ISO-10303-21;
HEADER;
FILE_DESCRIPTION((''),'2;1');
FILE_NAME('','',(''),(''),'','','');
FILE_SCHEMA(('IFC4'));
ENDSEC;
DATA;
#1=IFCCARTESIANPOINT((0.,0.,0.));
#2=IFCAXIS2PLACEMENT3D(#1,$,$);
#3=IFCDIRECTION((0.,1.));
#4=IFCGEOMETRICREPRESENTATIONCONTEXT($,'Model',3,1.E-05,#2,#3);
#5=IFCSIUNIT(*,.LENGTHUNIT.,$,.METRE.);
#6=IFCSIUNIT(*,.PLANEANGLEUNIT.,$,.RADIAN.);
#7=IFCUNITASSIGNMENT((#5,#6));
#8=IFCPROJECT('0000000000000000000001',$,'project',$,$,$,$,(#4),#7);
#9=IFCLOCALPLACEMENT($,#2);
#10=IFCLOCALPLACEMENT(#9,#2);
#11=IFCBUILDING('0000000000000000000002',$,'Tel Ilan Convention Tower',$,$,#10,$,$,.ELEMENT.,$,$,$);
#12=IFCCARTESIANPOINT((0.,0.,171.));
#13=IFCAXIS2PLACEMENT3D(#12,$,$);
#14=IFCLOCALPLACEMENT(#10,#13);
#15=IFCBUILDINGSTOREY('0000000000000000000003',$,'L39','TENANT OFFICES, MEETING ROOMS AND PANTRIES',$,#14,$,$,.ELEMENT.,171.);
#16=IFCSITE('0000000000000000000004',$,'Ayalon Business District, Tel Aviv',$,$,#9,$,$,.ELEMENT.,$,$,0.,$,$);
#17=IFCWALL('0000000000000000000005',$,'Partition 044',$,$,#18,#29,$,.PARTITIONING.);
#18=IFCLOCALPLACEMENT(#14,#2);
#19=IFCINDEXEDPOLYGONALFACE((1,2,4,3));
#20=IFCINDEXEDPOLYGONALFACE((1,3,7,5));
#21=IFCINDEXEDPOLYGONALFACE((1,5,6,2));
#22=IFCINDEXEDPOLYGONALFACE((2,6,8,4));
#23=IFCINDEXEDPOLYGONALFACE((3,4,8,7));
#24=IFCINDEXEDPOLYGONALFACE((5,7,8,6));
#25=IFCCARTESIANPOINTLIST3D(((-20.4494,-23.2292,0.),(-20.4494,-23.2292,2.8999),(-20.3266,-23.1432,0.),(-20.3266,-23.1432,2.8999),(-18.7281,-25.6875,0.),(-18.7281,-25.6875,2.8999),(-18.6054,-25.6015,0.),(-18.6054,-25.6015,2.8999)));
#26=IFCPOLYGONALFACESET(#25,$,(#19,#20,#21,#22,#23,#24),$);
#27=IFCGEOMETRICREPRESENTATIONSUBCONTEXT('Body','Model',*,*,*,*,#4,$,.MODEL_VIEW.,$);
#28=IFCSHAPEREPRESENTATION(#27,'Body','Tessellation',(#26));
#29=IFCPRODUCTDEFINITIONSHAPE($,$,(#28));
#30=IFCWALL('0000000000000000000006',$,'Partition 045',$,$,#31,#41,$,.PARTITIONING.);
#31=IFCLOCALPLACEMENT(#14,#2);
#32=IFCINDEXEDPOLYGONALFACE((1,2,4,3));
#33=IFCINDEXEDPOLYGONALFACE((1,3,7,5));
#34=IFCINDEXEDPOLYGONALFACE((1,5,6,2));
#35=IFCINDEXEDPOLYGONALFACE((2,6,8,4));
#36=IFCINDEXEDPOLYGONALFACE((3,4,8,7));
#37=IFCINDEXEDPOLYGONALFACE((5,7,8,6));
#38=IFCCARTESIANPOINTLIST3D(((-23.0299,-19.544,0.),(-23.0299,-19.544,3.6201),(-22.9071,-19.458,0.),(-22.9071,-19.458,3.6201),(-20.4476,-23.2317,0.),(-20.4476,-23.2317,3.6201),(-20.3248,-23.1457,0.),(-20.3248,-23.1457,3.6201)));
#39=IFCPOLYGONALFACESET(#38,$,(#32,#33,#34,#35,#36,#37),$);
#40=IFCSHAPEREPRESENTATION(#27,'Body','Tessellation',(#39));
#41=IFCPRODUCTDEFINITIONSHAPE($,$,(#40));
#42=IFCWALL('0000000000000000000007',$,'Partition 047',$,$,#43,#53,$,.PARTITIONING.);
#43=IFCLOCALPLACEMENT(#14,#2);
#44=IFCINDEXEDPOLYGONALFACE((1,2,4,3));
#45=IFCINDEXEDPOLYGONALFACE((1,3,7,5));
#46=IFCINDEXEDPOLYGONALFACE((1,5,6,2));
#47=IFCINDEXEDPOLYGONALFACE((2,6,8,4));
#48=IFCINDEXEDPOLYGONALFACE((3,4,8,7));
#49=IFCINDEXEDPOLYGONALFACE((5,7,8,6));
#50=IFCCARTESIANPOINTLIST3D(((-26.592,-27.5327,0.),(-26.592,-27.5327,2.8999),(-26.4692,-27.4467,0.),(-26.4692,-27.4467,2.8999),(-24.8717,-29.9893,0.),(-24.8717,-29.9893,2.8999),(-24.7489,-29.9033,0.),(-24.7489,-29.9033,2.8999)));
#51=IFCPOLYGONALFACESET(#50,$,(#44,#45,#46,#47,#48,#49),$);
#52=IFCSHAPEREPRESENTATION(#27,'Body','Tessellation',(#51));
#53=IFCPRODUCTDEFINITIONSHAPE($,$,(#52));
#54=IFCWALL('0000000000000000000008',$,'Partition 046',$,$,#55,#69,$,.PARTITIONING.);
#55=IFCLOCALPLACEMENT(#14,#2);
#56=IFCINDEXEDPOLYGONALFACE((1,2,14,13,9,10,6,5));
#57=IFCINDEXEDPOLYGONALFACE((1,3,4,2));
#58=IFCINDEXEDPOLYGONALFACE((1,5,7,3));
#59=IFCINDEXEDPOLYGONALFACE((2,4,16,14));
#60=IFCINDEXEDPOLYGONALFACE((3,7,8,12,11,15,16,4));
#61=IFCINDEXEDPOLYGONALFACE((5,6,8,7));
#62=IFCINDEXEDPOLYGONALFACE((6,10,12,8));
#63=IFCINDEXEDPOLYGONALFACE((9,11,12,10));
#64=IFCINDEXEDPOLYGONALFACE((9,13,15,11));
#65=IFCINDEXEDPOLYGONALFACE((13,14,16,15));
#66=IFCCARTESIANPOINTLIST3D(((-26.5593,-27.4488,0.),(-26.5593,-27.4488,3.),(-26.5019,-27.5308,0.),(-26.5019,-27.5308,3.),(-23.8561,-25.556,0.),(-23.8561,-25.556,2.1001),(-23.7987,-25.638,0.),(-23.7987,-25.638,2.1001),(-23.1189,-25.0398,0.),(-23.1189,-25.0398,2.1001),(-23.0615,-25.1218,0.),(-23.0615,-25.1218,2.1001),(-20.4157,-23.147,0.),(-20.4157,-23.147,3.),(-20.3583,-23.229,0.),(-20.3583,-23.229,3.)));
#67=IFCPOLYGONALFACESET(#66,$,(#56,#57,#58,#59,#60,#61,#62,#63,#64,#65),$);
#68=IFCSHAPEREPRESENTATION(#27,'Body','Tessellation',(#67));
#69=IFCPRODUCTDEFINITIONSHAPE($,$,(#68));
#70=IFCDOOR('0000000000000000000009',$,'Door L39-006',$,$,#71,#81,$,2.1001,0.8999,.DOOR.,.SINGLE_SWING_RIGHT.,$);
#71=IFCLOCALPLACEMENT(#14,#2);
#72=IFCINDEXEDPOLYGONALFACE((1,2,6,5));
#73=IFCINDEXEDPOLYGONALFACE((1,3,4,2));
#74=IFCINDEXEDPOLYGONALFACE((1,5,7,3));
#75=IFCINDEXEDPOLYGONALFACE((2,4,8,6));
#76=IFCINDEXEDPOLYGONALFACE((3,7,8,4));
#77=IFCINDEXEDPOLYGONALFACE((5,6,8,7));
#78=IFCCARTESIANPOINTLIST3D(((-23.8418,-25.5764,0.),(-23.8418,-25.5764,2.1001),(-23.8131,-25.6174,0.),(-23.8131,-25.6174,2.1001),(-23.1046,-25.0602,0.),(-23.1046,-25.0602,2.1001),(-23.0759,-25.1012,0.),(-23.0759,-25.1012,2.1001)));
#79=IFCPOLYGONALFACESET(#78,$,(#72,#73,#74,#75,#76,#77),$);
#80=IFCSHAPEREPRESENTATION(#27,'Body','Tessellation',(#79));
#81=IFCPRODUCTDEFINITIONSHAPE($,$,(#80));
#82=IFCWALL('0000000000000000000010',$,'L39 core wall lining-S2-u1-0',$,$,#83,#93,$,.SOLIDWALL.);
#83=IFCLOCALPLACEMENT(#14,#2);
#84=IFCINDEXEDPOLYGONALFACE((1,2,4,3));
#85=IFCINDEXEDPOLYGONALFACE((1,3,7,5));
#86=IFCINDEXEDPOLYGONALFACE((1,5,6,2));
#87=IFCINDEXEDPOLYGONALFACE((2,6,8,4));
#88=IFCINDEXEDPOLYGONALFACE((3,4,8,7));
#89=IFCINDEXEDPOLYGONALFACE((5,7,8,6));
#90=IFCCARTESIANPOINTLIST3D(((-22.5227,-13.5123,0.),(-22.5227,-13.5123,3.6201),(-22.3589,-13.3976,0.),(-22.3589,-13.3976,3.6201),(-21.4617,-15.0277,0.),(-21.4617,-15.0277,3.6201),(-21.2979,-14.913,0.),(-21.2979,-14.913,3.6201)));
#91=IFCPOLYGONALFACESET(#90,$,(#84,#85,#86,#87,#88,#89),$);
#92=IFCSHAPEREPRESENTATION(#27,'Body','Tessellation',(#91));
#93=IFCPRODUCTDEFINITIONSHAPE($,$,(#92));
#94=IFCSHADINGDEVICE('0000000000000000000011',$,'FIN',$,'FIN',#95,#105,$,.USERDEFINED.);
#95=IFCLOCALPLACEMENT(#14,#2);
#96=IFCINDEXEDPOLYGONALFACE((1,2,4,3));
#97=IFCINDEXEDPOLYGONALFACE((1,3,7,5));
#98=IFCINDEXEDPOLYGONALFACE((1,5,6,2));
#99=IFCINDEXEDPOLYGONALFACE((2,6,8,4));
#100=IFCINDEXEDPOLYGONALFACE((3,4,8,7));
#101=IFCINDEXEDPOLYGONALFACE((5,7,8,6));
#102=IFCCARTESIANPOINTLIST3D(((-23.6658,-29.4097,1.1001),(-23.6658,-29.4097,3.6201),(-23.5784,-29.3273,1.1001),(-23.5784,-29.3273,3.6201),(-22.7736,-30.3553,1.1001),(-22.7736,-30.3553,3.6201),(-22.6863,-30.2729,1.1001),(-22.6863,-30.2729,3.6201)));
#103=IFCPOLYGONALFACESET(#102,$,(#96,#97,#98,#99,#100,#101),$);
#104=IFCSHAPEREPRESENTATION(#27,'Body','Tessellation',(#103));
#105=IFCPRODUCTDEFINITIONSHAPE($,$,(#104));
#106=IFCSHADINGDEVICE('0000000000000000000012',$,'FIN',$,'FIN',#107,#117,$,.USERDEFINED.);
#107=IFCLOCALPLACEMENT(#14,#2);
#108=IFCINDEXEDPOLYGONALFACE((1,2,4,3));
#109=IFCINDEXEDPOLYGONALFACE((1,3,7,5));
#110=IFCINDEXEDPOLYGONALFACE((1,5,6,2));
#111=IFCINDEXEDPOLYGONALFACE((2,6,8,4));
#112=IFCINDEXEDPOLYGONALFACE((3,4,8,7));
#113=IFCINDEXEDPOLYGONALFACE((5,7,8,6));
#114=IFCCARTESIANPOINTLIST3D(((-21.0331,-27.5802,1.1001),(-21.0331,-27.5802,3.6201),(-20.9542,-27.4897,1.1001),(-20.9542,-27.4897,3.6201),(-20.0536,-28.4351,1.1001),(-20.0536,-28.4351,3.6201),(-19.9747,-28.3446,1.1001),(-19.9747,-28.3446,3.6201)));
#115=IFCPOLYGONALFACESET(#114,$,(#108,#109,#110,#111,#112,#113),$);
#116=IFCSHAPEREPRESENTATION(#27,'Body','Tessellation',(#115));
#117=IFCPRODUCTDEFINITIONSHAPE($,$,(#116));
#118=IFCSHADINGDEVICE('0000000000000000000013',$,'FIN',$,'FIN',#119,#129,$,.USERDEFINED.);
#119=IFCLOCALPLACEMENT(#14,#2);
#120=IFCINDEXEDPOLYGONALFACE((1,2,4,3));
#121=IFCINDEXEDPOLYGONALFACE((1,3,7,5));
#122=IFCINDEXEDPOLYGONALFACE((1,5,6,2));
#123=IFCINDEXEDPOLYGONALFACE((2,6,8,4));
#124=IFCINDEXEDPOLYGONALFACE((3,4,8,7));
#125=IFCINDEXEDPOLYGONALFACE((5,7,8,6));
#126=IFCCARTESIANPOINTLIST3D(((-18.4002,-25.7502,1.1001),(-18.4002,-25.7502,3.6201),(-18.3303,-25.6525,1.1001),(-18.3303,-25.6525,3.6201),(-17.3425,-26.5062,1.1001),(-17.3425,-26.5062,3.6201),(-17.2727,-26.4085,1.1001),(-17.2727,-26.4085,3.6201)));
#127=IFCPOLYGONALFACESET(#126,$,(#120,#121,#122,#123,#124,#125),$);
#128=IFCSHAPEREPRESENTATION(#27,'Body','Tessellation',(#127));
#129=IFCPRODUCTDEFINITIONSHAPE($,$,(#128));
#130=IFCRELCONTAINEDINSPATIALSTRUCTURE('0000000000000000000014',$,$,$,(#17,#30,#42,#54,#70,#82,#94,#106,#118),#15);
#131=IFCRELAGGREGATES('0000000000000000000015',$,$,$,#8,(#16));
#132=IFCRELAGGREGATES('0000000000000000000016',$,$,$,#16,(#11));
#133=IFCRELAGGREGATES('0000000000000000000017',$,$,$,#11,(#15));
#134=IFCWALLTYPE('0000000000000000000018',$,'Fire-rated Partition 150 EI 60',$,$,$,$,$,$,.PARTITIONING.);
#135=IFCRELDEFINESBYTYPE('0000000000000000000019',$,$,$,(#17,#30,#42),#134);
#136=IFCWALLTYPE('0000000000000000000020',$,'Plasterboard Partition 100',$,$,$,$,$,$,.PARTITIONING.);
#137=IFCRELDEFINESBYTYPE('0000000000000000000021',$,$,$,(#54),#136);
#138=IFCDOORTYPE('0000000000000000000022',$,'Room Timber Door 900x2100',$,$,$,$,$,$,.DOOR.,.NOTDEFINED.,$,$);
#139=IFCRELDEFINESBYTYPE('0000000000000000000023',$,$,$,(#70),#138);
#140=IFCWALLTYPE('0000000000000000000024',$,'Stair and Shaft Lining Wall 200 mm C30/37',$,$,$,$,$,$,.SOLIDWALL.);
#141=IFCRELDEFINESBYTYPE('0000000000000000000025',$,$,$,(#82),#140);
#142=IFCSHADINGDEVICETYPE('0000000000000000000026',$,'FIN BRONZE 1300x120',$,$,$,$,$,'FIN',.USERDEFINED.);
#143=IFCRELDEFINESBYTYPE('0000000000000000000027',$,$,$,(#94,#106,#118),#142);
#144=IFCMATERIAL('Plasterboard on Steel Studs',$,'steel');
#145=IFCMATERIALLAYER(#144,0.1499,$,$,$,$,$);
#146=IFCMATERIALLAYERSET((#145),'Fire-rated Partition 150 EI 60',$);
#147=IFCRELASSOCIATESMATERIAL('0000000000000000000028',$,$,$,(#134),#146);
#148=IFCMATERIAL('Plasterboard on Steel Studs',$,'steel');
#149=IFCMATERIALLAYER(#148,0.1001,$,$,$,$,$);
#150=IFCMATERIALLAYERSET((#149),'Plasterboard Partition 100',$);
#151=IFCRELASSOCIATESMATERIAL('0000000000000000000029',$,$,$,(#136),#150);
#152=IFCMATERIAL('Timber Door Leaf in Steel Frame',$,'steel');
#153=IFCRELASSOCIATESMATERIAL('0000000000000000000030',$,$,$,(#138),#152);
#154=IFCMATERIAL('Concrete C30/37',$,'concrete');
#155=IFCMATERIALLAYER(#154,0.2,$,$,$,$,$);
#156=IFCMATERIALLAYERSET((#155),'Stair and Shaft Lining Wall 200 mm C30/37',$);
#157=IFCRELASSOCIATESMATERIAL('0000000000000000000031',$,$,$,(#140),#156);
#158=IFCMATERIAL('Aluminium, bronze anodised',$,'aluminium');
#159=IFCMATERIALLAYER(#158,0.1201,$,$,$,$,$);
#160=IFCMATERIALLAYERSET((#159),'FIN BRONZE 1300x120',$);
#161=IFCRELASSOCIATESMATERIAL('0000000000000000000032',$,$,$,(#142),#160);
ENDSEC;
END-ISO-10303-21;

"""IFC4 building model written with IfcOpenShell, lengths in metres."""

from ifc_helpers import new_model, si_unit, direction, frame, frame_2d, origin, origin_2d, place, context, subcontext, project, spatial, rectangle, extrude, material, layer, layer_set, type_object, element, fill, save


model = new_model("IFC4")

# Units and contexts
model_context = context("Model", 3, precision=1e-05, world=origin(), true_north=direction((0.0, 1.0)))
body_context = subcontext(model_context, "Body", "Model", "MODEL_VIEW")
ifc_project = project(units=[si_unit("LENGTHUNIT", "METRE"), si_unit("PLANEANGLEUNIT", "RADIAN")], contexts=[model_context])

# Site, building, storey
site_placement = place(None, origin())
site = spatial("IfcSite", under=ifc_project, at=site_placement, Name="Ayalon Business District, Tel Aviv", CompositionType="ELEMENT", RefElevation=0.0)
building_placement = place(site_placement, origin())
building = spatial("IfcBuilding", under=site, at=building_placement, Name="Tel Ilan Convention Tower", CompositionType="ELEMENT")
storey_placement = place(building_placement, frame((0.0, 0.0, 171.0)))
storey = spatial("IfcBuildingStorey", under=building, at=storey_placement, Name="L39", Description="TENANT OFFICES, MEETING ROOMS AND PANTRIES", CompositionType="ELEMENT", Elevation=171.0)

# Shared definitions
ifc_material_1 = material(Name="Plasterboard on Steel Studs", Category="steel")
ifc_layer_1 = layer(ifc_material_1, 0.1499)
ifc_layer_set_1 = layer_set([ifc_layer_1], Name="Fire-rated Partition 150 EI 60")
wall_type_1 = type_object("IfcWallType", Name="Fire-rated Partition 150 EI 60", PredefinedType="PARTITIONING", material=ifc_layer_set_1)

# Walls
wall_1_placement = place(storey_placement, frame((-18.6667, -25.6445, 0.0), z_axis=(0.0, 0.0, 1.0), x_axis=(-0.573555, 0.819167, 0.0)))
element("IfcWall", 1, at=wall_1_placement, inside=storey, type_object=wall_type_1, Name="Partition 044", PredefinedType="PARTITIONING", context=body_context, shape_type="SweptSolid", body=[
    extrude(rectangle(XDim=3.001, YDim=0.1499, at=frame_2d((1.5005, 0.0))), origin(), (0.0, 0.0, 1.0), 2.8999),
])
wall_2_placement = place(storey_placement, frame((-20.3862, -23.1887, 0.0), z_axis=(0.0, 0.0, 1.0), x_axis=(-0.57359, 0.819143, 0.0)))
element("IfcWall", 2, at=wall_2_placement, inside=storey, type_object=wall_type_1, Name="Partition 045", PredefinedType="PARTITIONING", context=body_context, shape_type="SweptSolid", body=[
    extrude(rectangle(XDim=4.502, YDim=0.1499, at=frame_2d((2.251, 0.0))), origin(), (0.0, 0.0, 1.0), 3.6201),
])
wall_3_placement = place(storey_placement, frame((-24.8103, -29.9463, 0.0), z_axis=(0.0, 0.0, 1.0), x_axis=(-0.573604, 0.819132, 0.0)))
element("IfcWall", 3, at=wall_3_placement, inside=storey, type_object=wall_type_1, Name="Partition 047", PredefinedType="PARTITIONING", context=body_context, shape_type="SweptSolid", body=[
    extrude(rectangle(XDim=2.999, YDim=0.1499, at=frame_2d((1.4995, 0.0))), origin(), (0.0, 0.0, 1.0), 2.8999),
])

# Wall, opening, door
ifc_material_2 = material(Name="Plasterboard on Steel Studs", Category="steel")
ifc_layer_2 = layer(ifc_material_2, 0.1001)
ifc_layer_set_2 = layer_set([ifc_layer_2], Name="Plasterboard Partition 100")
wall_type_2 = type_object("IfcWallType", Name="Plasterboard Partition 100", PredefinedType="PARTITIONING", material=ifc_layer_set_2)
wall_4_placement = place(storey_placement, frame((-20.387, -23.188, 0.0), z_axis=(0.0, 0.0, 1.0), x_axis=(-0.819152, -0.573576, 0.0)))
wall_4 = element("IfcWall", 4, at=wall_4_placement, inside=storey, type_object=wall_type_2, Name="Partition 046", PredefinedType="PARTITIONING", context=body_context, shape_type="SweptSolid", body=[
    extrude(rectangle(XDim=7.5, YDim=0.1001, at=frame_2d((3.75, 0.0))), origin(), (0.0, 0.0, 1.0), 3.0),
])
opening_1_placement = place(wall_4_placement, frame((3.3, 0.0, 0.0)))
opening_1 = element("IfcOpeningElement", 5, at=opening_1_placement, cuts=wall_4, PredefinedType="OPENING", context=body_context, shape_type="SweptSolid", body=[
    extrude(rectangle(XDim=0.8999, YDim=2.1001, at=frame_2d((0.45, 1.05))), frame((0.0, 0.0601, 0.0), z_axis=(0.0, -1.0, 0.0), x_axis=(1.0, 0.0, 0.0)), (0.0, 0.0, 1.0), 0.1201),
])
ifc_material_3 = material(Name="Timber Door Leaf in Steel Frame", Category="steel")
door_type_1 = type_object("IfcDoorType", Name="Room Timber Door 900x2100", OperationType="NOTDEFINED", PredefinedType="DOOR", material=ifc_material_3)
door_1_placement = place(opening_1_placement, origin())
door_1 = element("IfcDoor", 6, at=door_1_placement, inside=storey, type_object=door_type_1, Name="Door L39-006", OperationType="SINGLE_SWING_RIGHT", OverallHeight=2.1001, OverallWidth=0.8999, PredefinedType="DOOR", context=body_context, shape_type="SweptSolid", body=[
    extrude(rectangle(XDim=0.8999, YDim=2.1001, at=frame_2d((0.45, 1.05))), frame((0.0, 0.0249, 0.0), z_axis=(0.0, -1.0, 0.0), x_axis=(1.0, 0.0, 0.0)), (0.0, 0.0, 1.0), 0.05),
])
fill(opening_1, door_1)

# Wall
ifc_material_4 = material(Name="Concrete C30/37", Category="concrete")
ifc_layer_3 = layer(ifc_material_4, 0.2)
ifc_layer_set_3 = layer_set([ifc_layer_3], Name="Stair and Shaft Lining Wall 200 mm C30/37")
wall_type_3 = type_object("IfcWallType", Name="Stair and Shaft Lining Wall 200 mm C30/37", PredefinedType="SOLIDWALL", material=ifc_layer_set_3)
wall_5_placement = place(storey_placement, frame((-21.3799, -14.9702, 0.0), z_axis=(0.0, 0.0, 1.0), x_axis=(-0.57356, 0.819164, 0.0)))
element("IfcWall", 7, at=wall_5_placement, inside=storey, type_object=wall_type_3, Name="L39 core wall lining-S2-u1-0", PredefinedType="SOLIDWALL", context=body_context, shape_type="SweptSolid", body=[
    extrude(rectangle(XDim=1.8499, YDim=0.2, at=frame_2d((0.9248, 0.0))), origin(), (0.0, 0.0, 1.0), 3.6201),
])

# Shading devices
ifc_material_5 = material(Name="Aluminium, bronze anodised", Category="aluminium")
ifc_layer_4 = layer(ifc_material_5, 0.1201)
ifc_layer_set_4 = layer_set([ifc_layer_4], Name="FIN BRONZE 1300x120")
shading_device_type = type_object("IfcShadingDeviceType", Name="FIN BRONZE 1300x120", ElementType="FIN", PredefinedType="USERDEFINED", material=ifc_layer_set_4)
for number, where, z_axis, x_axis, name in (
    (8, (-23.176, -29.8413, 1.1001), (0.0, 0.0, 1.0), (0.686242, -0.727374, 0.0), "FIN"),
    (9, (-20.5039, -27.9624, 1.1001), (0.0, 0.0, 1.0), (0.753436, -0.657521, 0.0), "FIN"),
    (10, (-17.8364, -26.0793, 1.1001), (0.0, 0.0, 1.0), (0.813552, -0.581492, 0.0), "FIN"),
):
    element("IfcShadingDevice", number, at=place(storey_placement, frame(where, z_axis=z_axis, x_axis=x_axis)), inside=storey, type_object=shading_device_type, Name=name, ObjectType="FIN", PredefinedType="USERDEFINED", context=body_context, shape_type="SweptSolid", body=[
        extrude(rectangle(XDim=1.3, YDim=0.1201, at=origin_2d()), origin(), (0.0, 0.0, 1.0), 2.52),
    ])

save(model, "model.ifc")
